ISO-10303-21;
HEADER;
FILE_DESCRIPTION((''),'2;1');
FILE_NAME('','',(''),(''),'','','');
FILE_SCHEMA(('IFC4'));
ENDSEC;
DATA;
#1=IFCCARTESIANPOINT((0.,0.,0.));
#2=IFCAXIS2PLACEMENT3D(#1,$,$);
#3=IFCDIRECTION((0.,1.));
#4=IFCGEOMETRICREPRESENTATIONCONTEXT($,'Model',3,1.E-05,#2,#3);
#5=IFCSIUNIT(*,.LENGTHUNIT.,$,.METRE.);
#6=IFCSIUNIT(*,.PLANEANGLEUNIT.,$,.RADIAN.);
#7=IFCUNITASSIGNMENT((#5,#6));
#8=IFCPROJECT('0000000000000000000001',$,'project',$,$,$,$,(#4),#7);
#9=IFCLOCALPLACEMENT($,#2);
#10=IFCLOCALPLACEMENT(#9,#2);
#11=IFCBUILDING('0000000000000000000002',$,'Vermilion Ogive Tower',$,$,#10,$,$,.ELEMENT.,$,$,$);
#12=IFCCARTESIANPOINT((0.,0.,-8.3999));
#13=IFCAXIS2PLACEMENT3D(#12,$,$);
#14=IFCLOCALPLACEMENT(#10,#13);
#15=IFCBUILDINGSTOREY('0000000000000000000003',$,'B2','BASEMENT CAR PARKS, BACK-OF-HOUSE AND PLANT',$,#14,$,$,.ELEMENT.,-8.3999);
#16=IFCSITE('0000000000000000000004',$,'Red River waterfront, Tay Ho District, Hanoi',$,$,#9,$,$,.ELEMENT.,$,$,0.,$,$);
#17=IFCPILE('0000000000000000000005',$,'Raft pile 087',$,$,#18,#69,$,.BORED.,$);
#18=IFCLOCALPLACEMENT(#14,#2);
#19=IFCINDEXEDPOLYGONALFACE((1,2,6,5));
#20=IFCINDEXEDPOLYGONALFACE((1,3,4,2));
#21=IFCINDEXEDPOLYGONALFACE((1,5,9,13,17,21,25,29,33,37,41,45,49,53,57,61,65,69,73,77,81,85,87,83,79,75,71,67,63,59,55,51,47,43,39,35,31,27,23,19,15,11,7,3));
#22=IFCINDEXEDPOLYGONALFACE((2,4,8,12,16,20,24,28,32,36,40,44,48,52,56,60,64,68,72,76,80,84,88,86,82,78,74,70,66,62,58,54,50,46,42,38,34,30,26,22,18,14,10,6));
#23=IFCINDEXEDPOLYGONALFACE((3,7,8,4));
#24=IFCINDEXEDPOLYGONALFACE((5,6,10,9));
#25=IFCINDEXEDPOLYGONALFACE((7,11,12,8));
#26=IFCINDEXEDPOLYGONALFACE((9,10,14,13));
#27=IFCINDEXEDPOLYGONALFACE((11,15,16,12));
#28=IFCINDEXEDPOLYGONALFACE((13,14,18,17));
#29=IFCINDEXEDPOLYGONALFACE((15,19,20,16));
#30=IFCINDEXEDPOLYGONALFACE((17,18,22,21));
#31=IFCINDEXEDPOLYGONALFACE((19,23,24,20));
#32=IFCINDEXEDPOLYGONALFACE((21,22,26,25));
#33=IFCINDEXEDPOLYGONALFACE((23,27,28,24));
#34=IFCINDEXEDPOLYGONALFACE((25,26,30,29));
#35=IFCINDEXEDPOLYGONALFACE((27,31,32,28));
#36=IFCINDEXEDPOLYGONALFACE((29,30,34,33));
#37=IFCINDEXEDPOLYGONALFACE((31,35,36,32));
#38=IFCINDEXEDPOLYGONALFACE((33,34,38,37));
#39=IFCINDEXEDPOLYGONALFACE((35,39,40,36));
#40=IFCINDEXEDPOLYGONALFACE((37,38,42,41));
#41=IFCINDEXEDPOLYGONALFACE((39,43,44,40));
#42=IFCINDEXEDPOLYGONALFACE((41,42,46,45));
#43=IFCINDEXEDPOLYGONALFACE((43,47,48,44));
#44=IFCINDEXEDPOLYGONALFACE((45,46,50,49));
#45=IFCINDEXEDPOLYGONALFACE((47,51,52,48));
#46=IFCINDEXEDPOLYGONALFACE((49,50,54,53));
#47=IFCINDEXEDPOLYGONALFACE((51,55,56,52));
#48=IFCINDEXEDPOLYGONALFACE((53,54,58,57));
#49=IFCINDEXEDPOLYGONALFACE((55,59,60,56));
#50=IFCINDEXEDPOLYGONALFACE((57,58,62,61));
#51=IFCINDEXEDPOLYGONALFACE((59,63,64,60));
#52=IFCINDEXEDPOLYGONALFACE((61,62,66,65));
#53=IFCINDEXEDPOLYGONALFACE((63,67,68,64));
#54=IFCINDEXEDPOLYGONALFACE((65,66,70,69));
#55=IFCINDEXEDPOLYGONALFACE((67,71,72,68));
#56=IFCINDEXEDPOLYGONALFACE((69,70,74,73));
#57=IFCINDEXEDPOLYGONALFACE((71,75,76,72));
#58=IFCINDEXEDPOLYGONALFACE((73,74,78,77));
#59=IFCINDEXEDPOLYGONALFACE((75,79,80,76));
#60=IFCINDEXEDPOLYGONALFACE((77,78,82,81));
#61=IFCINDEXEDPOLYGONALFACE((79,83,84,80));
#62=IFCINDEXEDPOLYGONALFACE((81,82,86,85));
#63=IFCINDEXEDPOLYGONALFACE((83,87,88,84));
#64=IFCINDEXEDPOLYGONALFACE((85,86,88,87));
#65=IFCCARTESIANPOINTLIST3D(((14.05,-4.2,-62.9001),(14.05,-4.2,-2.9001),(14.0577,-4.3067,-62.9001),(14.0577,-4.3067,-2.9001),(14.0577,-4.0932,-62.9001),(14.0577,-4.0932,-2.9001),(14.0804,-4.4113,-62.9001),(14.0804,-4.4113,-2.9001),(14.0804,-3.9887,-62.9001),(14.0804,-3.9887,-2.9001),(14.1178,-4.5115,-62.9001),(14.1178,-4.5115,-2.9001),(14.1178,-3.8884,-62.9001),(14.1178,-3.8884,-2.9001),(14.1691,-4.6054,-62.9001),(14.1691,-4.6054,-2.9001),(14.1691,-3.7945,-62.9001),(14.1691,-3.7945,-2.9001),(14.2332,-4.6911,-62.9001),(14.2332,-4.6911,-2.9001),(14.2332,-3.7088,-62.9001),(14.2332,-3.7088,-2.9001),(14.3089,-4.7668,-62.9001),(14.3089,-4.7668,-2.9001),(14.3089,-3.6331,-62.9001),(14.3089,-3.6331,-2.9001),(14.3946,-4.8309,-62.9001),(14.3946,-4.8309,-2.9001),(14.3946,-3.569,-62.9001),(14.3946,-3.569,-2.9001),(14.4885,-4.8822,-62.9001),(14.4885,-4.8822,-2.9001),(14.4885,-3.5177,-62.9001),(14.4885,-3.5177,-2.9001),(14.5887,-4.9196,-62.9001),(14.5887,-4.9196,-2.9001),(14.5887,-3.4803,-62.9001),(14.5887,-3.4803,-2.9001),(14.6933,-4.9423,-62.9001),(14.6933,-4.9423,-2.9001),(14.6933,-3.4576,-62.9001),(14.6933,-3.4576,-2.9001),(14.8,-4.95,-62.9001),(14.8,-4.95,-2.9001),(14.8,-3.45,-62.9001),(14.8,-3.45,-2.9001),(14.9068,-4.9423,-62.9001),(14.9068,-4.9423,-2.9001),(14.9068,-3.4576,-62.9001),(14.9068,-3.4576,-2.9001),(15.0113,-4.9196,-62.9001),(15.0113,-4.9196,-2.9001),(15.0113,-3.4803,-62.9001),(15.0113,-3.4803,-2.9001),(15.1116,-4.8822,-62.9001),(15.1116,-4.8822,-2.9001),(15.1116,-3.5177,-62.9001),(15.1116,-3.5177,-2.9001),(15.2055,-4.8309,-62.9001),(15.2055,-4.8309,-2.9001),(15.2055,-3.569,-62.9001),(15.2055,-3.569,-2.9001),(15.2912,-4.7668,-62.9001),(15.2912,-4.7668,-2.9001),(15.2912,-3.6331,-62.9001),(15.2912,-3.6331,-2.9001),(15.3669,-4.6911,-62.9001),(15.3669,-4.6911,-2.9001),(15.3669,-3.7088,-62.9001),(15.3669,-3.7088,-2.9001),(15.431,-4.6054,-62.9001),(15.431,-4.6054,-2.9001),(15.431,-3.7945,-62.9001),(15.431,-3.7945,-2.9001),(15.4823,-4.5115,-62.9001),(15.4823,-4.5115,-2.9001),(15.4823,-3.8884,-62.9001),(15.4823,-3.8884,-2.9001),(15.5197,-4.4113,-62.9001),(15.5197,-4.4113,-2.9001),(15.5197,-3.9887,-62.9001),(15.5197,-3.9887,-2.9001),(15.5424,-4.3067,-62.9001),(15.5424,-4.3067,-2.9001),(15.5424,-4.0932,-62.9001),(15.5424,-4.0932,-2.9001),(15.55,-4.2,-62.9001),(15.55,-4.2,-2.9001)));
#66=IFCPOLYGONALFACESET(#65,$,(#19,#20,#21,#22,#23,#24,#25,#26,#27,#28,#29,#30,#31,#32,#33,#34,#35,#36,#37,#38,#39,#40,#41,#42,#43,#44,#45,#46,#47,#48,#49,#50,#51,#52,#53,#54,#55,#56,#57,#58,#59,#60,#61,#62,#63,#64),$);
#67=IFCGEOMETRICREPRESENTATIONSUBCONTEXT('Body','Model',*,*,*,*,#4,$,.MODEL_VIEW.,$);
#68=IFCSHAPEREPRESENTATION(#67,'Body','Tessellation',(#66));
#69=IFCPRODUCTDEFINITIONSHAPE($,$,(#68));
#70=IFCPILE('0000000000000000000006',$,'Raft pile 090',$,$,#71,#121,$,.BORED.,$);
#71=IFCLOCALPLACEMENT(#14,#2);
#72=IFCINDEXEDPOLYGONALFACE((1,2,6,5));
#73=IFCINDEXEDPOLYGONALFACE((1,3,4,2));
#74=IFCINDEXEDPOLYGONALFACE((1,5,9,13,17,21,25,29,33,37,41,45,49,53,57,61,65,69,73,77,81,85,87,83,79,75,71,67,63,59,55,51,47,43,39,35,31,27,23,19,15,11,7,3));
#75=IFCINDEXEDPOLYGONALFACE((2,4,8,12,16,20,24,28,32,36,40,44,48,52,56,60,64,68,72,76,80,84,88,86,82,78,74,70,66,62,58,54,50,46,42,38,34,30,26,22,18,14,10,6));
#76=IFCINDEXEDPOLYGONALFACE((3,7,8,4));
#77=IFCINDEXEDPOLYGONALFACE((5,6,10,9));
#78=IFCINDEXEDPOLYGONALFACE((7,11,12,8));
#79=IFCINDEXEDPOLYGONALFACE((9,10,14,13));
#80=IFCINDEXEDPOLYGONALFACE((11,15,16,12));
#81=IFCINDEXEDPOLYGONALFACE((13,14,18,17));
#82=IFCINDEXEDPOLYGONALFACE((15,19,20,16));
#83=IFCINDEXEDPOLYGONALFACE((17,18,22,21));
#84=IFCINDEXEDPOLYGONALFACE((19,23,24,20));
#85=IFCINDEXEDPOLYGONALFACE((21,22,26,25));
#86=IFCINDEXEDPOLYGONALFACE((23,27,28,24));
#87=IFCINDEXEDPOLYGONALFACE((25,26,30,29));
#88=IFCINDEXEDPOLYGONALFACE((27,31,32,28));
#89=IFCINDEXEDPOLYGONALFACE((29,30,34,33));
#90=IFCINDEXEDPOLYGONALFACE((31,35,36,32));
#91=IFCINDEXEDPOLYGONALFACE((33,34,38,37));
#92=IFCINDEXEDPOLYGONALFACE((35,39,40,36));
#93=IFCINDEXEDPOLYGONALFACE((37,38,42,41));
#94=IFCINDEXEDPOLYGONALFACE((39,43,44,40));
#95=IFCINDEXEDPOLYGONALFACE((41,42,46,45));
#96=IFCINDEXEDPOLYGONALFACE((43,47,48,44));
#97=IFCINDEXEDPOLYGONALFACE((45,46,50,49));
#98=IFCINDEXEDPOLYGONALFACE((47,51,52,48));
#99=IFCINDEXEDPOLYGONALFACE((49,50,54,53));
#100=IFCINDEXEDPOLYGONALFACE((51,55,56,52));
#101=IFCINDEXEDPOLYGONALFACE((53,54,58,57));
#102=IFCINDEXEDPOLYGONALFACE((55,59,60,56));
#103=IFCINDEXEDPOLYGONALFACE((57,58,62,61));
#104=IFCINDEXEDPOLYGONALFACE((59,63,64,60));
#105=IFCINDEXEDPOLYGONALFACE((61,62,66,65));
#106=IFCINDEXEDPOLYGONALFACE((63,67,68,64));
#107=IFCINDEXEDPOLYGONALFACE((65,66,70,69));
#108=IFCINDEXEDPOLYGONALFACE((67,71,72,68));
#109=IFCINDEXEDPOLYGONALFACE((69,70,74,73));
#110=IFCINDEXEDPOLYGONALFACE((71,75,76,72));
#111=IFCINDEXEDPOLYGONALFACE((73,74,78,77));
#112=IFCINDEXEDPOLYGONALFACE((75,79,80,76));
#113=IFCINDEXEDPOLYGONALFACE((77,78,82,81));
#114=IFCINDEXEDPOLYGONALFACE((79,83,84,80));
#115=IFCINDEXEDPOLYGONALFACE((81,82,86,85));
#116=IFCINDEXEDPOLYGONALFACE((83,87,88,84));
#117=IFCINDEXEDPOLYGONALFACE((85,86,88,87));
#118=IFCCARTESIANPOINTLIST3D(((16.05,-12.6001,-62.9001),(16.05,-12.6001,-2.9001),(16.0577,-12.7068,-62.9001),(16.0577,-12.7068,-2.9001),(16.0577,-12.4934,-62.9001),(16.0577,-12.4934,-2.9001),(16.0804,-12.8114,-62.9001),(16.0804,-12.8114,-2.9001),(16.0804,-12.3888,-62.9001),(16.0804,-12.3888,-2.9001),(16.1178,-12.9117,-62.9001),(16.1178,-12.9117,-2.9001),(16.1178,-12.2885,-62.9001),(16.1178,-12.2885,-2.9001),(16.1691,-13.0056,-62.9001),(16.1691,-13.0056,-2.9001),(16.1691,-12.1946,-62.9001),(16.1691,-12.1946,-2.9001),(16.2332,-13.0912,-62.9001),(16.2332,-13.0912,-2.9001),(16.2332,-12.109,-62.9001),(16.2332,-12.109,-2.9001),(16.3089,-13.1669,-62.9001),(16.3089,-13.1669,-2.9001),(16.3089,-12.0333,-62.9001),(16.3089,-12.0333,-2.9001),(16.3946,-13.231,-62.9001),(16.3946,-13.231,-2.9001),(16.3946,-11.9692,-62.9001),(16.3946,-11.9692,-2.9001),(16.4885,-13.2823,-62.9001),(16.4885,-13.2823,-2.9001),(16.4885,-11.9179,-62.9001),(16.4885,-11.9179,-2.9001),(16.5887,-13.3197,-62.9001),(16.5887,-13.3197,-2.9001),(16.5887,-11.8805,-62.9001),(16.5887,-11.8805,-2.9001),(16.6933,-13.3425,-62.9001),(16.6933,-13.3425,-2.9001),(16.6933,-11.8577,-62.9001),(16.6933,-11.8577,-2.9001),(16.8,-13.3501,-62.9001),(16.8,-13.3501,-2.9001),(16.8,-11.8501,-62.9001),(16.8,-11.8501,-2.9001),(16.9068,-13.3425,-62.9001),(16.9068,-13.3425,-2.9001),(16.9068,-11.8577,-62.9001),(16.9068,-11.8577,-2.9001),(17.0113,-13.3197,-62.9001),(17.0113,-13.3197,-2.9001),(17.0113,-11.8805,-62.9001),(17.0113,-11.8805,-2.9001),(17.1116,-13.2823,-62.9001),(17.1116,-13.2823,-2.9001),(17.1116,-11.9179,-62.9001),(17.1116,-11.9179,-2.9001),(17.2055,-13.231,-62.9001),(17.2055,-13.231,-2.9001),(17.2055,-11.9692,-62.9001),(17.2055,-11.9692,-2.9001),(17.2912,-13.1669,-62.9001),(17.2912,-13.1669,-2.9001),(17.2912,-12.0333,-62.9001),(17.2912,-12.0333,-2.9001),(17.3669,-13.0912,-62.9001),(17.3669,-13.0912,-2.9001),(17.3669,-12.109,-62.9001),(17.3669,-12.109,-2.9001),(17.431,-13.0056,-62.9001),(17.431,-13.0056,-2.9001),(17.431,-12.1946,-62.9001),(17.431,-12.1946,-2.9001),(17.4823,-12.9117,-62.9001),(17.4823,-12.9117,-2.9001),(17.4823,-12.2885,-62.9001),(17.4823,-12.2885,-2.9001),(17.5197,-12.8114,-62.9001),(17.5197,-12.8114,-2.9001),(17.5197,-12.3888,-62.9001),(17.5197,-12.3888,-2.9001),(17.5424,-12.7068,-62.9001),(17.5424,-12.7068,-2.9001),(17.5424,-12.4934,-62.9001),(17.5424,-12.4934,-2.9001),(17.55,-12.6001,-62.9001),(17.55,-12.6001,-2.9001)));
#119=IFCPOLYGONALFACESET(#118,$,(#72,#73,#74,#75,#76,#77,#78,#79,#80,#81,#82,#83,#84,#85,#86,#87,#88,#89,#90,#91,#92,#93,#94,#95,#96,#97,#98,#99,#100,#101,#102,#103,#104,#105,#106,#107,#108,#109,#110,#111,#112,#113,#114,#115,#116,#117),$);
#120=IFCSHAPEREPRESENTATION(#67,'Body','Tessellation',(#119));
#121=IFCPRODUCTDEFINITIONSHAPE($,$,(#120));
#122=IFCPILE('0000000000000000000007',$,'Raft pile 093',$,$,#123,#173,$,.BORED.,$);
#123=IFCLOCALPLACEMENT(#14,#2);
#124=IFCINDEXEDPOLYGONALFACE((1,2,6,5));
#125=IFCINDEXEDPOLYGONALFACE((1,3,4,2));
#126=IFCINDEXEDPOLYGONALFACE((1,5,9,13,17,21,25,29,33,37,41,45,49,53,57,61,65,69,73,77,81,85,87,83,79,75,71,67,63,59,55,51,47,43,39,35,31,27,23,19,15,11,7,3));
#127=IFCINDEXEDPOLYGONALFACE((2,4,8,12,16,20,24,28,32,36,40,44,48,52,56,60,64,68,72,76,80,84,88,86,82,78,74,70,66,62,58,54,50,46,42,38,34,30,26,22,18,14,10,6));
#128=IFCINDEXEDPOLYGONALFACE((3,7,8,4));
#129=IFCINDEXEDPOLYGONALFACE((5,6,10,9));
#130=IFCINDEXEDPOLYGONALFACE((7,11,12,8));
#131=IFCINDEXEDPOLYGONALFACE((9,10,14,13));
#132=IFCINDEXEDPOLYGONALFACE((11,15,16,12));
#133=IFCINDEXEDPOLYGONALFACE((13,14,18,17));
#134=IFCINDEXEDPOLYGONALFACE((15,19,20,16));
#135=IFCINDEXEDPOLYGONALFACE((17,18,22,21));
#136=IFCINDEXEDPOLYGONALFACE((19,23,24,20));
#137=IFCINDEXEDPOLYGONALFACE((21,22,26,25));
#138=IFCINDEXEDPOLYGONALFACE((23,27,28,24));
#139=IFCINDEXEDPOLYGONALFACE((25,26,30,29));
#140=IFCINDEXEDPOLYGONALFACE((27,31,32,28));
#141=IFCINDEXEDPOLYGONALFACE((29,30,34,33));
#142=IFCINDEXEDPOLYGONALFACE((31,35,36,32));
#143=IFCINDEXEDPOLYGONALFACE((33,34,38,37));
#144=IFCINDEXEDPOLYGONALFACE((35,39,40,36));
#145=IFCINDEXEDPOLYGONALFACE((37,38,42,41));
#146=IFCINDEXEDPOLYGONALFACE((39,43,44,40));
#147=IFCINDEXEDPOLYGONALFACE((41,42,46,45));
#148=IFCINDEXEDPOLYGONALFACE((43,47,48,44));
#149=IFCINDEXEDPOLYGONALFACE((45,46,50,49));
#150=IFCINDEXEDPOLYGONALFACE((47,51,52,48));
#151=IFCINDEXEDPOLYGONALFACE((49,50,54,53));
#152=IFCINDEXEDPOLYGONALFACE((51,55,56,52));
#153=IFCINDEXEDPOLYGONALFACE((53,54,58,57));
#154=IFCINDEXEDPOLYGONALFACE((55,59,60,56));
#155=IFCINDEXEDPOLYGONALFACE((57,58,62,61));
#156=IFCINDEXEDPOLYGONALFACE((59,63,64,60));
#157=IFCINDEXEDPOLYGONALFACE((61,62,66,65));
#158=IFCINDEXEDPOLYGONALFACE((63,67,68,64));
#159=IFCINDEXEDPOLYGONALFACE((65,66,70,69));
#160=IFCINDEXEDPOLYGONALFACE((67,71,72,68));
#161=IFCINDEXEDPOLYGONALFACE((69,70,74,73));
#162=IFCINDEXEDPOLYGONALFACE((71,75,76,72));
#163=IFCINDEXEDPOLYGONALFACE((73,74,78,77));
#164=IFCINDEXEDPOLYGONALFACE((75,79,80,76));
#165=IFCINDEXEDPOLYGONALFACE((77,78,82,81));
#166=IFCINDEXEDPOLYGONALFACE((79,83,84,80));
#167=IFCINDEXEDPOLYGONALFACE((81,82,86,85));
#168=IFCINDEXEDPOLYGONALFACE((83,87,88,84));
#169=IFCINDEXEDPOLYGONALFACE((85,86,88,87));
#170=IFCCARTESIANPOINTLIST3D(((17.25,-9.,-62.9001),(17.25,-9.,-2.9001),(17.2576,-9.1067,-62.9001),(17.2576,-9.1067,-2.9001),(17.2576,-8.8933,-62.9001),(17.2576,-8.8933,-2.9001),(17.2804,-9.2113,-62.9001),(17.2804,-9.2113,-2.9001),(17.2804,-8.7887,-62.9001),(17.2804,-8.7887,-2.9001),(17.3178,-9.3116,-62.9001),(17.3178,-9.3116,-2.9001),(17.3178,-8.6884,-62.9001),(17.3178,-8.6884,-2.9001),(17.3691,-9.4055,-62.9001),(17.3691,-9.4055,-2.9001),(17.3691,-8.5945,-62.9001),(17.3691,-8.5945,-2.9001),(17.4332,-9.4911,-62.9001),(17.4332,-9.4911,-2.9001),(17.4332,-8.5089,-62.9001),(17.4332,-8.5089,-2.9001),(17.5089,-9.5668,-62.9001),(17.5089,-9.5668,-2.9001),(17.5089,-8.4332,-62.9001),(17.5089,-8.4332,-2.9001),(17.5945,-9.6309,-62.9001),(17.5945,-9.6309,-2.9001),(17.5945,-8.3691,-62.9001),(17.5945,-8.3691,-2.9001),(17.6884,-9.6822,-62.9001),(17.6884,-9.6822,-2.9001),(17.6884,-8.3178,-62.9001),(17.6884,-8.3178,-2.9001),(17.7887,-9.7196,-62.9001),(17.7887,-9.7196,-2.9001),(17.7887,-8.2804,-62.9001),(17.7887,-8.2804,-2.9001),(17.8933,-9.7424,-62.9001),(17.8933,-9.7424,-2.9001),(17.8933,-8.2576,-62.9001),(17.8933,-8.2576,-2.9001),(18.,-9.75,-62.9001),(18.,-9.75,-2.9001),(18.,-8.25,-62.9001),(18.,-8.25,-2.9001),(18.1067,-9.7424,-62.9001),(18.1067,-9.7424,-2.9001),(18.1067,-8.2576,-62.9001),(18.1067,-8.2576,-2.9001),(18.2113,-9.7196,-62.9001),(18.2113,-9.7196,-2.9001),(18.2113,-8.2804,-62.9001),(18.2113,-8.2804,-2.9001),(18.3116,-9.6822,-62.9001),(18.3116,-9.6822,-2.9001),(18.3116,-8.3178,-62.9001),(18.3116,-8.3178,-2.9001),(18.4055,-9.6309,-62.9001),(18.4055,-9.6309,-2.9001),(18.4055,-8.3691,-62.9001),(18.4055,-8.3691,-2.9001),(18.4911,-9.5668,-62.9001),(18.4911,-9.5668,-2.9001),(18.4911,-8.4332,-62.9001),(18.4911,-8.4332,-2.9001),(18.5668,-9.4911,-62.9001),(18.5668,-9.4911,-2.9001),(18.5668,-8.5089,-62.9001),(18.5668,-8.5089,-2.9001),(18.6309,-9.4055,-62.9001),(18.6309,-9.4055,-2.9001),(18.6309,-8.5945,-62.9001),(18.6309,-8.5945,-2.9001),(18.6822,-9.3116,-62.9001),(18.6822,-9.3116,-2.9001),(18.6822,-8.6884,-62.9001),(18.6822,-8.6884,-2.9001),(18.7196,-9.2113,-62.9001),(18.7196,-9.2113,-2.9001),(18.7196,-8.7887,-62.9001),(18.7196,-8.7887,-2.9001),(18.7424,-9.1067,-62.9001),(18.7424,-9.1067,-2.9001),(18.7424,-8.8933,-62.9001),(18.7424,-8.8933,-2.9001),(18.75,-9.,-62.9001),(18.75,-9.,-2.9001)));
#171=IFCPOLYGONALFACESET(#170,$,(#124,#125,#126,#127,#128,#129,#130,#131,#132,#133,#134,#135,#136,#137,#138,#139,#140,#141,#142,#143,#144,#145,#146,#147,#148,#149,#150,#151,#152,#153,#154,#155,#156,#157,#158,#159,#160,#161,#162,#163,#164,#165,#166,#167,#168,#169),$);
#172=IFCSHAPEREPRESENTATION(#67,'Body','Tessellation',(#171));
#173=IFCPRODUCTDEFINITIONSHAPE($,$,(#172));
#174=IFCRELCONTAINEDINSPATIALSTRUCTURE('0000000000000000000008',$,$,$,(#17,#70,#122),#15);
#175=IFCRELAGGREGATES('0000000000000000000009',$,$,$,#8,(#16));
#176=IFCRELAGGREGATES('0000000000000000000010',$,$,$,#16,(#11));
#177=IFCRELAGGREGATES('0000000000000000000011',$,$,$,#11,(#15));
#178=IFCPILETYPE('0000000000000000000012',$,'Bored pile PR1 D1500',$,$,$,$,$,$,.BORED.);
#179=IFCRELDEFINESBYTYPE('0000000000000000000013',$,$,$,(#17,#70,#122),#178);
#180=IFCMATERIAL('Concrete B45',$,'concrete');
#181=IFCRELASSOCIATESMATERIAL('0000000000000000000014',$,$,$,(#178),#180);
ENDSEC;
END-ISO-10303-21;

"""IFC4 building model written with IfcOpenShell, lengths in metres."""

from ifc_helpers import new_model, si_unit, direction, frame, origin, origin_2d, place, context, subcontext, project, spatial, circle, extrude, material, type_object, element, save


model = new_model("IFC4")

# Units and contexts
model_context = context("Model", 3, precision=1e-05, world=origin(), true_north=direction((0.0, 1.0)))
body_context = subcontext(model_context, "Body", "Model", "MODEL_VIEW")
ifc_project = project(units=[si_unit("LENGTHUNIT", "METRE"), si_unit("PLANEANGLEUNIT", "RADIAN")], contexts=[model_context])

# Site, building, storey
site_placement = place(None, origin())
site = spatial("IfcSite", under=ifc_project, at=site_placement, Name="Red River waterfront, Tay Ho District, Hanoi", CompositionType="ELEMENT", RefElevation=0.0)
building_placement = place(site_placement, origin())
building = spatial("IfcBuilding", under=site, at=building_placement, Name="Vermilion Ogive Tower", CompositionType="ELEMENT")
storey_placement = place(building_placement, frame((0.0, 0.0, -8.3999)))
storey = spatial("IfcBuildingStorey", under=building, at=storey_placement, Name="B2", Description="BASEMENT CAR PARKS, BACK-OF-HOUSE AND PLANT", CompositionType="ELEMENT", Elevation=-8.3999)

# Piles
ifc_material_1 = material(Name="Concrete B45", Category="concrete")
pile_type = type_object("IfcPileType", Name="Bored pile PR1 D1500", PredefinedType="BORED", material=ifc_material_1)
for number, where, z_axis, x_axis, name in (
    (1, (14.8, -4.2, -2.9001), (0.0, 0.0, -1.0), (1.0, 0.0, 0.0), "Raft pile 087"),
    (2, (16.8, -12.6001, -2.9001), (0.0, 0.0, -1.0), (1.0, 0.0, 0.0), "Raft pile 090"),
    (3, (18.0, -9.0, -2.9001), (0.0, 0.0, -1.0), (1.0, 0.0, 0.0), "Raft pile 093"),
):
    element("IfcPile", number, at=place(storey_placement, frame(where, z_axis=z_axis, x_axis=x_axis)), inside=storey, type_object=pile_type, Name=name, PredefinedType="BORED", context=body_context, shape_type="SweptSolid", body=[
        extrude(circle(Radius=0.75, at=origin_2d()), origin(), (0.0, 0.0, 1.0), 60.0),
    ])

save(model, "model.ifc")
